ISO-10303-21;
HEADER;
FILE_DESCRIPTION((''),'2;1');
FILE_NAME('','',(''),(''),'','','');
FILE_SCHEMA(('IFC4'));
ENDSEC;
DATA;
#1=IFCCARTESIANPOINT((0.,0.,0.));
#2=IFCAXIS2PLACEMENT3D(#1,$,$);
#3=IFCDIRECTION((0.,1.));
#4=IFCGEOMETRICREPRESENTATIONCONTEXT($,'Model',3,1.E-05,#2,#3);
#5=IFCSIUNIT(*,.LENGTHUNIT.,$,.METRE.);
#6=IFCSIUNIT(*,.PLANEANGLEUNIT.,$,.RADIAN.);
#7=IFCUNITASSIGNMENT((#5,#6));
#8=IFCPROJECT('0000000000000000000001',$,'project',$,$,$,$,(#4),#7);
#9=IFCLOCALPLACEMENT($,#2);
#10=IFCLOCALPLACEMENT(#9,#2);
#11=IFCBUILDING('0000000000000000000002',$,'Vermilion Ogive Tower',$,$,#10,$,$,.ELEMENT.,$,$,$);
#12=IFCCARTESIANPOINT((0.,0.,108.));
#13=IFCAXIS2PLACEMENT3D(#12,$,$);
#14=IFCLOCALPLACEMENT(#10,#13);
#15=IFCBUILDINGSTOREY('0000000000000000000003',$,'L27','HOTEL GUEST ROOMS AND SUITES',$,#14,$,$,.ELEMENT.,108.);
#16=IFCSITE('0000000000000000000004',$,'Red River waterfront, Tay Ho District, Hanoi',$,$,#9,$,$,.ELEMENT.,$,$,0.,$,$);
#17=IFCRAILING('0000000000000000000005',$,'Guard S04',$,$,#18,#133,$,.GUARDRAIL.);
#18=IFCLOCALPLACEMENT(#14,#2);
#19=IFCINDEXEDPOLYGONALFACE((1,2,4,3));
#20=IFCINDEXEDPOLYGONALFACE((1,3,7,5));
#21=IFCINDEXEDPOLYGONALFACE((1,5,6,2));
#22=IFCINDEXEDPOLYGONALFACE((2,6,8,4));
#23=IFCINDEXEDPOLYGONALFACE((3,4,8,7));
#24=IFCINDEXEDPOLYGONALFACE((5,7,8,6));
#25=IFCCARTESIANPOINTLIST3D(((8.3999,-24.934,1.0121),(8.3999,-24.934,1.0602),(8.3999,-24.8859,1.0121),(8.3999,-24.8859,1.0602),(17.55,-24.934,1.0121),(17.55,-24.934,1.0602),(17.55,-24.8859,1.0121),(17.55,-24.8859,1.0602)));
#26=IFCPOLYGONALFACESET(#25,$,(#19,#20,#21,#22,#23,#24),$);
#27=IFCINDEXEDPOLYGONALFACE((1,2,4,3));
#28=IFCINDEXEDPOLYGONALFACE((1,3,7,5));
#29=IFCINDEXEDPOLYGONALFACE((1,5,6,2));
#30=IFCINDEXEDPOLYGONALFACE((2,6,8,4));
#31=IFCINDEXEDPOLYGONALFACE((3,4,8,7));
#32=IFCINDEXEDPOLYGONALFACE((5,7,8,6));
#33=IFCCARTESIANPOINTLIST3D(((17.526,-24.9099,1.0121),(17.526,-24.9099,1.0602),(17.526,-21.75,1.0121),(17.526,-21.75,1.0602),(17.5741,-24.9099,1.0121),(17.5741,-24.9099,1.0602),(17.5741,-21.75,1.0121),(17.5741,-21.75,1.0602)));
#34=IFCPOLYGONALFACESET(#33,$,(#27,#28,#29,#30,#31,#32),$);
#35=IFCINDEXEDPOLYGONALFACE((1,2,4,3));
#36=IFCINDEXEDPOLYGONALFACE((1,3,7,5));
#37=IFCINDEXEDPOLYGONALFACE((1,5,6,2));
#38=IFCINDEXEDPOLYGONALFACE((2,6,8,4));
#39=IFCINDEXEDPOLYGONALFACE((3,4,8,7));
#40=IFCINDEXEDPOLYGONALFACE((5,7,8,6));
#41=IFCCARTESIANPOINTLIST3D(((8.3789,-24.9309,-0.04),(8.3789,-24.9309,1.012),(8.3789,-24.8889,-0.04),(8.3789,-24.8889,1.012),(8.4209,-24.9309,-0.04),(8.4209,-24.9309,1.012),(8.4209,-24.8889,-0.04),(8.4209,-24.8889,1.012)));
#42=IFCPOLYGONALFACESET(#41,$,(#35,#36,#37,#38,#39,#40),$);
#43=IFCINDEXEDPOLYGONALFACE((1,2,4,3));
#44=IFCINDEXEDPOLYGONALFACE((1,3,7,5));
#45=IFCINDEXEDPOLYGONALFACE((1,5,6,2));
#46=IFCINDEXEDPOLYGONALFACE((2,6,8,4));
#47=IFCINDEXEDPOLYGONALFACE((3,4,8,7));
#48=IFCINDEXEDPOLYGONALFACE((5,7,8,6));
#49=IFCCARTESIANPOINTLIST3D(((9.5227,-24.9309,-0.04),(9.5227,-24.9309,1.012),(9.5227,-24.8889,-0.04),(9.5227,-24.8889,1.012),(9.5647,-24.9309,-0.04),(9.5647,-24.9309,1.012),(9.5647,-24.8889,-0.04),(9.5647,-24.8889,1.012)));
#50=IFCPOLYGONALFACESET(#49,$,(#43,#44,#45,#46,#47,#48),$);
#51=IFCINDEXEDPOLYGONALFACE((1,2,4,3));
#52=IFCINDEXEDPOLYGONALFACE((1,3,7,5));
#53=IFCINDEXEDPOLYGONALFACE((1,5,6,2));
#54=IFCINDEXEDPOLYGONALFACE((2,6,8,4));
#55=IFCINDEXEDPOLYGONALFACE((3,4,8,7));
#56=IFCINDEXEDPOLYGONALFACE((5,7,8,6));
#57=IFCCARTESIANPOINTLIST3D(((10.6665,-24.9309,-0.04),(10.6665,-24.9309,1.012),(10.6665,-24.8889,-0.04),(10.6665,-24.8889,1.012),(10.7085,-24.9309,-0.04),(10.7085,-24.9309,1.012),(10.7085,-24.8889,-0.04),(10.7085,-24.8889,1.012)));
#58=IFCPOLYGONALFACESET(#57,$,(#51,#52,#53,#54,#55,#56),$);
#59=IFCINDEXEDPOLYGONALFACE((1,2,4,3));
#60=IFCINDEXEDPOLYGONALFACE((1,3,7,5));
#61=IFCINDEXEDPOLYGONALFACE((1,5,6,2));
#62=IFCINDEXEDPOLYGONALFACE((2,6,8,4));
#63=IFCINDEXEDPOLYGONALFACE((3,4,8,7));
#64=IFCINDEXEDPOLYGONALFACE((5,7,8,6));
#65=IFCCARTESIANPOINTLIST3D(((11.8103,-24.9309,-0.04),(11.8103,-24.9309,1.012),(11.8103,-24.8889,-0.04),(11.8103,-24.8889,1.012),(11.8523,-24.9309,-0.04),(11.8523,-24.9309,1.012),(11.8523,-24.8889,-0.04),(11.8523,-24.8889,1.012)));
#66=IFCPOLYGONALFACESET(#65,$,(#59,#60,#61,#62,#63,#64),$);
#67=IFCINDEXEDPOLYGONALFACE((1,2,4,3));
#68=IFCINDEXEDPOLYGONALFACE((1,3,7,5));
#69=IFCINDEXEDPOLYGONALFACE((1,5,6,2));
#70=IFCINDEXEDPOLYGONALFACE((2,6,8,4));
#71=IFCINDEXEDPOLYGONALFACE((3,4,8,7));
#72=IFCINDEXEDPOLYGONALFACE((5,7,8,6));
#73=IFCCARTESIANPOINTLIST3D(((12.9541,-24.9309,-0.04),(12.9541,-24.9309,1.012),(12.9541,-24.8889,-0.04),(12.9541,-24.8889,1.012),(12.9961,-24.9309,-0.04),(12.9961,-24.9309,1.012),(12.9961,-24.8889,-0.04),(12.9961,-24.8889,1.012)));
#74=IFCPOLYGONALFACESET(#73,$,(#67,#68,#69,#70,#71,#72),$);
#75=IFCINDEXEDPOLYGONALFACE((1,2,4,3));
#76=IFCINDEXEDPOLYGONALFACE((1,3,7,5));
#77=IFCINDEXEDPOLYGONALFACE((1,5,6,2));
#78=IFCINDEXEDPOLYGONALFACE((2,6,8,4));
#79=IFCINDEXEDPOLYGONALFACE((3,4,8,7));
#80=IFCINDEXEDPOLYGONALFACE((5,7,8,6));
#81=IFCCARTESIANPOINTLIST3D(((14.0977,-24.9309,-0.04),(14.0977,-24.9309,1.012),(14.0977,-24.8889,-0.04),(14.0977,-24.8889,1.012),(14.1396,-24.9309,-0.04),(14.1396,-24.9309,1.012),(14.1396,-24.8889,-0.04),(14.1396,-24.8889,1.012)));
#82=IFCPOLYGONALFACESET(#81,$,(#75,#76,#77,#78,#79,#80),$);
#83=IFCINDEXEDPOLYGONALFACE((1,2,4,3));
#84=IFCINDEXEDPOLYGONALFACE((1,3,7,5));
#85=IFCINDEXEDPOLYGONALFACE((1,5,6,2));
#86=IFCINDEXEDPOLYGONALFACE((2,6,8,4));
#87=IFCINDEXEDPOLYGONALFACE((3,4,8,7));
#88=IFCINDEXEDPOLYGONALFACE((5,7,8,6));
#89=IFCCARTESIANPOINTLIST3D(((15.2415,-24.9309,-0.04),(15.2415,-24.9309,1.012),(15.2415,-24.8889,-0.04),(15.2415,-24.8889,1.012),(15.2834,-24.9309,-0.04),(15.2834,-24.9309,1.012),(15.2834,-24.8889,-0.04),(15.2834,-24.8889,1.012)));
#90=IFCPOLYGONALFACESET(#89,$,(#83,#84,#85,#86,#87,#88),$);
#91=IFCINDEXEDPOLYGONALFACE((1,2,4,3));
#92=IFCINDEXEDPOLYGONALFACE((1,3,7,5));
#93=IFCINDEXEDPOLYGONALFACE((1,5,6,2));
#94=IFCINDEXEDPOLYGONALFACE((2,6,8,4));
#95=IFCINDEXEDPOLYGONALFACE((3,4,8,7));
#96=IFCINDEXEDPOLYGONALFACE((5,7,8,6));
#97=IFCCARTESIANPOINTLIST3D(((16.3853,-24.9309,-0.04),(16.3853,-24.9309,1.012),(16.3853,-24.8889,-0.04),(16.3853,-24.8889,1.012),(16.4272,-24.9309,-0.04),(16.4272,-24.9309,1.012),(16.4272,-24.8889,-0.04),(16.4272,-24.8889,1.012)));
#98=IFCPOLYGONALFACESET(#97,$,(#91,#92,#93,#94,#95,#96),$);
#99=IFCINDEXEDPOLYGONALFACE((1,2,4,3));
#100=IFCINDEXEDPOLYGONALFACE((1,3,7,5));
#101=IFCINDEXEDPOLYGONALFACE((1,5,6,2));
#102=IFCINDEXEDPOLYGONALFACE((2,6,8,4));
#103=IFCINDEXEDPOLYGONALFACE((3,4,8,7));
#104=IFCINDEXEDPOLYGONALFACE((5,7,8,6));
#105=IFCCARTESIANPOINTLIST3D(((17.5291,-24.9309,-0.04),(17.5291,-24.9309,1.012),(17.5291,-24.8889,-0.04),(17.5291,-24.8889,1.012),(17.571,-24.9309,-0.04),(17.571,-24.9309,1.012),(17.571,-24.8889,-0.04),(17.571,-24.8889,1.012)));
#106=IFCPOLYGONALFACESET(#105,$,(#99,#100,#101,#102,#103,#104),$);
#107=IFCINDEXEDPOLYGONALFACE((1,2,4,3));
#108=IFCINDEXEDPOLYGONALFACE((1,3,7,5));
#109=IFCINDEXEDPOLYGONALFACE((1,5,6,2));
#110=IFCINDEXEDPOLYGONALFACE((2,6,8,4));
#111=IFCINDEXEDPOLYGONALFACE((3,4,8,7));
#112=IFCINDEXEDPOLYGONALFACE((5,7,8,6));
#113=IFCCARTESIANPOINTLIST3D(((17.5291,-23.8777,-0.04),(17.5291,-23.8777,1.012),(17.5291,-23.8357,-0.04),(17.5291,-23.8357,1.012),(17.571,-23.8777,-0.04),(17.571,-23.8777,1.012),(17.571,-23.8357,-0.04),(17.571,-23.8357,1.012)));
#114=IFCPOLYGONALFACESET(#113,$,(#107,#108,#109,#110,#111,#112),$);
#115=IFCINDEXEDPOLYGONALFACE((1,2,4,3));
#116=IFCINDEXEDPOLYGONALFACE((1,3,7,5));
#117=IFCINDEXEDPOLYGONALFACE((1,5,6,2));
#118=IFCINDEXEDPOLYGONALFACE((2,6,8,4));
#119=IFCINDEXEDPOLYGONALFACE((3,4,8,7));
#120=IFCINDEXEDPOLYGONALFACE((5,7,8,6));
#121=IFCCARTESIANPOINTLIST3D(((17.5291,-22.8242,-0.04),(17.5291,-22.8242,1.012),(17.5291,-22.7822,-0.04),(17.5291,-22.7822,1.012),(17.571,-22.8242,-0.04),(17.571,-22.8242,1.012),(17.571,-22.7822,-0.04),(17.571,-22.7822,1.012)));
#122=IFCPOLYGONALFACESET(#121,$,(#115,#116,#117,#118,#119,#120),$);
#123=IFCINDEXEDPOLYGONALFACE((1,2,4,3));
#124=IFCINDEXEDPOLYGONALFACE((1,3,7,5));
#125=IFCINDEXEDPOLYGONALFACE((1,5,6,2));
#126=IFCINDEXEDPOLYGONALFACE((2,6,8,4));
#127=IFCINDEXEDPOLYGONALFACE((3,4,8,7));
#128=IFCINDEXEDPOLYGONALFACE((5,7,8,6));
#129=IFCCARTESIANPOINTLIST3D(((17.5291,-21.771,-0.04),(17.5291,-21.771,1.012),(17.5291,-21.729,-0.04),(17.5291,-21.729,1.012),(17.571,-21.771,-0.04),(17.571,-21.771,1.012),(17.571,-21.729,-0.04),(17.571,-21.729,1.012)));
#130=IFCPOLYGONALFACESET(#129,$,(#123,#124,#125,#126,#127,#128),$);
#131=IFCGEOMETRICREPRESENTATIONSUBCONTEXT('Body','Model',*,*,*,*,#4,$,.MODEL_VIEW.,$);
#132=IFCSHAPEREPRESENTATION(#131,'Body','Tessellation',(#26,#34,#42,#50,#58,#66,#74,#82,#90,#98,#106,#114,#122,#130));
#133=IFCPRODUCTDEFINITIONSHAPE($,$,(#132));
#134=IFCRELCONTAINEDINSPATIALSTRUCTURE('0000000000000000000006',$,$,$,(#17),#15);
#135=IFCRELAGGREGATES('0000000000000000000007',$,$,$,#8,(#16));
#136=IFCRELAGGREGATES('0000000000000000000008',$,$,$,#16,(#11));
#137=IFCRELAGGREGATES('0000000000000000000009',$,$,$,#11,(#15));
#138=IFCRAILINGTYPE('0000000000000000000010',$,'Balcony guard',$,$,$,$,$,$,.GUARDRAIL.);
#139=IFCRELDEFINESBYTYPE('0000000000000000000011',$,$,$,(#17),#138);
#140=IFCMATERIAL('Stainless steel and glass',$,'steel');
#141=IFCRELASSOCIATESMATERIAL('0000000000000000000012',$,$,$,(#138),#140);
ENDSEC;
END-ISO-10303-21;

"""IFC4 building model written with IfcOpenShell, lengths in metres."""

from ifc_helpers import new_model, si_unit, direction, frame, origin, origin_2d, place, context, subcontext, project, spatial, rectangle, extrude, material, type_object, element, save


model = new_model("IFC4")

# Units and contexts
model_context = context("Model", 3, precision=1e-05, world=origin(), true_north=direction((0.0, 1.0)))
body_context = subcontext(model_context, "Body", "Model", "MODEL_VIEW")
ifc_project = project(units=[si_unit("LENGTHUNIT", "METRE"), si_unit("PLANEANGLEUNIT", "RADIAN")], contexts=[model_context])

# Site, building, storey
site_placement = place(None, origin())
site = spatial("IfcSite", under=ifc_project, at=site_placement, Name="Red River waterfront, Tay Ho District, Hanoi", CompositionType="ELEMENT", RefElevation=0.0)
building_placement = place(site_placement, origin())
building = spatial("IfcBuilding", under=site, at=building_placement, Name="Vermilion Ogive Tower", CompositionType="ELEMENT")
storey_placement = place(building_placement, frame((0.0, 0.0, 108.0)))
storey = spatial("IfcBuildingStorey", under=building, at=storey_placement, Name="L27", Description="HOTEL GUEST ROOMS AND SUITES", CompositionType="ELEMENT", Elevation=108.0)

# Railing
ifc_material_1 = material(Name="Stainless steel and glass", Category="steel")
railing_type_1 = type_object("IfcRailingType", Name="Balcony guard", PredefinedType="GUARDRAIL", material=ifc_material_1)
railing_1_placement = place(storey_placement, frame((8.3999, -24.9099, -0.04)))
element("IfcRailing", 1, at=railing_1_placement, inside=storey, type_object=railing_type_1, Name="Guard S04", PredefinedType="GUARDRAIL", context=body_context, shape_type="SweptSolid", body=[
    extrude(rectangle(XDim=0.0481, YDim=0.0481, at=origin_2d()), frame((0.0, 0.0, 1.0762), z_axis=(1.0, 0.0, 0.0), x_axis=(0.0, 1.0, 0.0)), (0.0, 0.0, 1.0), 9.1501),
    extrude(rectangle(XDim=0.0481, YDim=0.0481, at=origin_2d()), frame((9.1501, 0.0, 1.0762), z_axis=(0.0, 1.0, 0.0), x_axis=(-1.0, 0.0, 0.0)), (0.0, 0.0, 1.0), 3.1599),
    extrude(rectangle(XDim=0.042, YDim=0.042, at=origin_2d()), origin(), (0.0, 0.0, 1.0), 1.052),
    extrude(rectangle(XDim=0.042, YDim=0.042, at=origin_2d()), frame((1.1438, 0.0, 0.0)), (0.0, 0.0, 1.0), 1.052),
    extrude(rectangle(XDim=0.042, YDim=0.042, at=origin_2d()), frame((2.2876, 0.0, 0.0)), (0.0, 0.0, 1.0), 1.052),
    extrude(rectangle(XDim=0.042, YDim=0.042, at=origin_2d()), frame((3.4314, 0.0, 0.0)), (0.0, 0.0, 1.0), 1.052),
    extrude(rectangle(XDim=0.042, YDim=0.042, at=origin_2d()), frame((4.5752, 0.0, 0.0)), (0.0, 0.0, 1.0), 1.052),
    extrude(rectangle(XDim=0.042, YDim=0.042, at=origin_2d()), frame((5.7188, 0.0, 0.0)), (0.0, 0.0, 1.0), 1.052),
    extrude(rectangle(XDim=0.042, YDim=0.042, at=origin_2d()), frame((6.8625, 0.0, 0.0)), (0.0, 0.0, 1.0), 1.052),
    extrude(rectangle(XDim=0.042, YDim=0.042, at=origin_2d()), frame((8.0063, 0.0, 0.0)), (0.0, 0.0, 1.0), 1.052),
    extrude(rectangle(XDim=0.042, YDim=0.042, at=origin_2d()), frame((9.1501, 0.0, 0.0)), (0.0, 0.0, 1.0), 1.052),
    extrude(rectangle(XDim=0.042, YDim=0.042, at=origin_2d()), frame((9.1501, 1.0532, 0.0)), (0.0, 0.0, 1.0), 1.052),
    extrude(rectangle(XDim=0.042, YDim=0.042, at=origin_2d()), frame((9.1501, 2.1067, 0.0)), (0.0, 0.0, 1.0), 1.052),
    extrude(rectangle(XDim=0.042, YDim=0.042, at=origin_2d()), frame((9.1501, 3.1599, 0.0)), (0.0, 0.0, 1.0), 1.052),
])

save(model, "model.ifc")
